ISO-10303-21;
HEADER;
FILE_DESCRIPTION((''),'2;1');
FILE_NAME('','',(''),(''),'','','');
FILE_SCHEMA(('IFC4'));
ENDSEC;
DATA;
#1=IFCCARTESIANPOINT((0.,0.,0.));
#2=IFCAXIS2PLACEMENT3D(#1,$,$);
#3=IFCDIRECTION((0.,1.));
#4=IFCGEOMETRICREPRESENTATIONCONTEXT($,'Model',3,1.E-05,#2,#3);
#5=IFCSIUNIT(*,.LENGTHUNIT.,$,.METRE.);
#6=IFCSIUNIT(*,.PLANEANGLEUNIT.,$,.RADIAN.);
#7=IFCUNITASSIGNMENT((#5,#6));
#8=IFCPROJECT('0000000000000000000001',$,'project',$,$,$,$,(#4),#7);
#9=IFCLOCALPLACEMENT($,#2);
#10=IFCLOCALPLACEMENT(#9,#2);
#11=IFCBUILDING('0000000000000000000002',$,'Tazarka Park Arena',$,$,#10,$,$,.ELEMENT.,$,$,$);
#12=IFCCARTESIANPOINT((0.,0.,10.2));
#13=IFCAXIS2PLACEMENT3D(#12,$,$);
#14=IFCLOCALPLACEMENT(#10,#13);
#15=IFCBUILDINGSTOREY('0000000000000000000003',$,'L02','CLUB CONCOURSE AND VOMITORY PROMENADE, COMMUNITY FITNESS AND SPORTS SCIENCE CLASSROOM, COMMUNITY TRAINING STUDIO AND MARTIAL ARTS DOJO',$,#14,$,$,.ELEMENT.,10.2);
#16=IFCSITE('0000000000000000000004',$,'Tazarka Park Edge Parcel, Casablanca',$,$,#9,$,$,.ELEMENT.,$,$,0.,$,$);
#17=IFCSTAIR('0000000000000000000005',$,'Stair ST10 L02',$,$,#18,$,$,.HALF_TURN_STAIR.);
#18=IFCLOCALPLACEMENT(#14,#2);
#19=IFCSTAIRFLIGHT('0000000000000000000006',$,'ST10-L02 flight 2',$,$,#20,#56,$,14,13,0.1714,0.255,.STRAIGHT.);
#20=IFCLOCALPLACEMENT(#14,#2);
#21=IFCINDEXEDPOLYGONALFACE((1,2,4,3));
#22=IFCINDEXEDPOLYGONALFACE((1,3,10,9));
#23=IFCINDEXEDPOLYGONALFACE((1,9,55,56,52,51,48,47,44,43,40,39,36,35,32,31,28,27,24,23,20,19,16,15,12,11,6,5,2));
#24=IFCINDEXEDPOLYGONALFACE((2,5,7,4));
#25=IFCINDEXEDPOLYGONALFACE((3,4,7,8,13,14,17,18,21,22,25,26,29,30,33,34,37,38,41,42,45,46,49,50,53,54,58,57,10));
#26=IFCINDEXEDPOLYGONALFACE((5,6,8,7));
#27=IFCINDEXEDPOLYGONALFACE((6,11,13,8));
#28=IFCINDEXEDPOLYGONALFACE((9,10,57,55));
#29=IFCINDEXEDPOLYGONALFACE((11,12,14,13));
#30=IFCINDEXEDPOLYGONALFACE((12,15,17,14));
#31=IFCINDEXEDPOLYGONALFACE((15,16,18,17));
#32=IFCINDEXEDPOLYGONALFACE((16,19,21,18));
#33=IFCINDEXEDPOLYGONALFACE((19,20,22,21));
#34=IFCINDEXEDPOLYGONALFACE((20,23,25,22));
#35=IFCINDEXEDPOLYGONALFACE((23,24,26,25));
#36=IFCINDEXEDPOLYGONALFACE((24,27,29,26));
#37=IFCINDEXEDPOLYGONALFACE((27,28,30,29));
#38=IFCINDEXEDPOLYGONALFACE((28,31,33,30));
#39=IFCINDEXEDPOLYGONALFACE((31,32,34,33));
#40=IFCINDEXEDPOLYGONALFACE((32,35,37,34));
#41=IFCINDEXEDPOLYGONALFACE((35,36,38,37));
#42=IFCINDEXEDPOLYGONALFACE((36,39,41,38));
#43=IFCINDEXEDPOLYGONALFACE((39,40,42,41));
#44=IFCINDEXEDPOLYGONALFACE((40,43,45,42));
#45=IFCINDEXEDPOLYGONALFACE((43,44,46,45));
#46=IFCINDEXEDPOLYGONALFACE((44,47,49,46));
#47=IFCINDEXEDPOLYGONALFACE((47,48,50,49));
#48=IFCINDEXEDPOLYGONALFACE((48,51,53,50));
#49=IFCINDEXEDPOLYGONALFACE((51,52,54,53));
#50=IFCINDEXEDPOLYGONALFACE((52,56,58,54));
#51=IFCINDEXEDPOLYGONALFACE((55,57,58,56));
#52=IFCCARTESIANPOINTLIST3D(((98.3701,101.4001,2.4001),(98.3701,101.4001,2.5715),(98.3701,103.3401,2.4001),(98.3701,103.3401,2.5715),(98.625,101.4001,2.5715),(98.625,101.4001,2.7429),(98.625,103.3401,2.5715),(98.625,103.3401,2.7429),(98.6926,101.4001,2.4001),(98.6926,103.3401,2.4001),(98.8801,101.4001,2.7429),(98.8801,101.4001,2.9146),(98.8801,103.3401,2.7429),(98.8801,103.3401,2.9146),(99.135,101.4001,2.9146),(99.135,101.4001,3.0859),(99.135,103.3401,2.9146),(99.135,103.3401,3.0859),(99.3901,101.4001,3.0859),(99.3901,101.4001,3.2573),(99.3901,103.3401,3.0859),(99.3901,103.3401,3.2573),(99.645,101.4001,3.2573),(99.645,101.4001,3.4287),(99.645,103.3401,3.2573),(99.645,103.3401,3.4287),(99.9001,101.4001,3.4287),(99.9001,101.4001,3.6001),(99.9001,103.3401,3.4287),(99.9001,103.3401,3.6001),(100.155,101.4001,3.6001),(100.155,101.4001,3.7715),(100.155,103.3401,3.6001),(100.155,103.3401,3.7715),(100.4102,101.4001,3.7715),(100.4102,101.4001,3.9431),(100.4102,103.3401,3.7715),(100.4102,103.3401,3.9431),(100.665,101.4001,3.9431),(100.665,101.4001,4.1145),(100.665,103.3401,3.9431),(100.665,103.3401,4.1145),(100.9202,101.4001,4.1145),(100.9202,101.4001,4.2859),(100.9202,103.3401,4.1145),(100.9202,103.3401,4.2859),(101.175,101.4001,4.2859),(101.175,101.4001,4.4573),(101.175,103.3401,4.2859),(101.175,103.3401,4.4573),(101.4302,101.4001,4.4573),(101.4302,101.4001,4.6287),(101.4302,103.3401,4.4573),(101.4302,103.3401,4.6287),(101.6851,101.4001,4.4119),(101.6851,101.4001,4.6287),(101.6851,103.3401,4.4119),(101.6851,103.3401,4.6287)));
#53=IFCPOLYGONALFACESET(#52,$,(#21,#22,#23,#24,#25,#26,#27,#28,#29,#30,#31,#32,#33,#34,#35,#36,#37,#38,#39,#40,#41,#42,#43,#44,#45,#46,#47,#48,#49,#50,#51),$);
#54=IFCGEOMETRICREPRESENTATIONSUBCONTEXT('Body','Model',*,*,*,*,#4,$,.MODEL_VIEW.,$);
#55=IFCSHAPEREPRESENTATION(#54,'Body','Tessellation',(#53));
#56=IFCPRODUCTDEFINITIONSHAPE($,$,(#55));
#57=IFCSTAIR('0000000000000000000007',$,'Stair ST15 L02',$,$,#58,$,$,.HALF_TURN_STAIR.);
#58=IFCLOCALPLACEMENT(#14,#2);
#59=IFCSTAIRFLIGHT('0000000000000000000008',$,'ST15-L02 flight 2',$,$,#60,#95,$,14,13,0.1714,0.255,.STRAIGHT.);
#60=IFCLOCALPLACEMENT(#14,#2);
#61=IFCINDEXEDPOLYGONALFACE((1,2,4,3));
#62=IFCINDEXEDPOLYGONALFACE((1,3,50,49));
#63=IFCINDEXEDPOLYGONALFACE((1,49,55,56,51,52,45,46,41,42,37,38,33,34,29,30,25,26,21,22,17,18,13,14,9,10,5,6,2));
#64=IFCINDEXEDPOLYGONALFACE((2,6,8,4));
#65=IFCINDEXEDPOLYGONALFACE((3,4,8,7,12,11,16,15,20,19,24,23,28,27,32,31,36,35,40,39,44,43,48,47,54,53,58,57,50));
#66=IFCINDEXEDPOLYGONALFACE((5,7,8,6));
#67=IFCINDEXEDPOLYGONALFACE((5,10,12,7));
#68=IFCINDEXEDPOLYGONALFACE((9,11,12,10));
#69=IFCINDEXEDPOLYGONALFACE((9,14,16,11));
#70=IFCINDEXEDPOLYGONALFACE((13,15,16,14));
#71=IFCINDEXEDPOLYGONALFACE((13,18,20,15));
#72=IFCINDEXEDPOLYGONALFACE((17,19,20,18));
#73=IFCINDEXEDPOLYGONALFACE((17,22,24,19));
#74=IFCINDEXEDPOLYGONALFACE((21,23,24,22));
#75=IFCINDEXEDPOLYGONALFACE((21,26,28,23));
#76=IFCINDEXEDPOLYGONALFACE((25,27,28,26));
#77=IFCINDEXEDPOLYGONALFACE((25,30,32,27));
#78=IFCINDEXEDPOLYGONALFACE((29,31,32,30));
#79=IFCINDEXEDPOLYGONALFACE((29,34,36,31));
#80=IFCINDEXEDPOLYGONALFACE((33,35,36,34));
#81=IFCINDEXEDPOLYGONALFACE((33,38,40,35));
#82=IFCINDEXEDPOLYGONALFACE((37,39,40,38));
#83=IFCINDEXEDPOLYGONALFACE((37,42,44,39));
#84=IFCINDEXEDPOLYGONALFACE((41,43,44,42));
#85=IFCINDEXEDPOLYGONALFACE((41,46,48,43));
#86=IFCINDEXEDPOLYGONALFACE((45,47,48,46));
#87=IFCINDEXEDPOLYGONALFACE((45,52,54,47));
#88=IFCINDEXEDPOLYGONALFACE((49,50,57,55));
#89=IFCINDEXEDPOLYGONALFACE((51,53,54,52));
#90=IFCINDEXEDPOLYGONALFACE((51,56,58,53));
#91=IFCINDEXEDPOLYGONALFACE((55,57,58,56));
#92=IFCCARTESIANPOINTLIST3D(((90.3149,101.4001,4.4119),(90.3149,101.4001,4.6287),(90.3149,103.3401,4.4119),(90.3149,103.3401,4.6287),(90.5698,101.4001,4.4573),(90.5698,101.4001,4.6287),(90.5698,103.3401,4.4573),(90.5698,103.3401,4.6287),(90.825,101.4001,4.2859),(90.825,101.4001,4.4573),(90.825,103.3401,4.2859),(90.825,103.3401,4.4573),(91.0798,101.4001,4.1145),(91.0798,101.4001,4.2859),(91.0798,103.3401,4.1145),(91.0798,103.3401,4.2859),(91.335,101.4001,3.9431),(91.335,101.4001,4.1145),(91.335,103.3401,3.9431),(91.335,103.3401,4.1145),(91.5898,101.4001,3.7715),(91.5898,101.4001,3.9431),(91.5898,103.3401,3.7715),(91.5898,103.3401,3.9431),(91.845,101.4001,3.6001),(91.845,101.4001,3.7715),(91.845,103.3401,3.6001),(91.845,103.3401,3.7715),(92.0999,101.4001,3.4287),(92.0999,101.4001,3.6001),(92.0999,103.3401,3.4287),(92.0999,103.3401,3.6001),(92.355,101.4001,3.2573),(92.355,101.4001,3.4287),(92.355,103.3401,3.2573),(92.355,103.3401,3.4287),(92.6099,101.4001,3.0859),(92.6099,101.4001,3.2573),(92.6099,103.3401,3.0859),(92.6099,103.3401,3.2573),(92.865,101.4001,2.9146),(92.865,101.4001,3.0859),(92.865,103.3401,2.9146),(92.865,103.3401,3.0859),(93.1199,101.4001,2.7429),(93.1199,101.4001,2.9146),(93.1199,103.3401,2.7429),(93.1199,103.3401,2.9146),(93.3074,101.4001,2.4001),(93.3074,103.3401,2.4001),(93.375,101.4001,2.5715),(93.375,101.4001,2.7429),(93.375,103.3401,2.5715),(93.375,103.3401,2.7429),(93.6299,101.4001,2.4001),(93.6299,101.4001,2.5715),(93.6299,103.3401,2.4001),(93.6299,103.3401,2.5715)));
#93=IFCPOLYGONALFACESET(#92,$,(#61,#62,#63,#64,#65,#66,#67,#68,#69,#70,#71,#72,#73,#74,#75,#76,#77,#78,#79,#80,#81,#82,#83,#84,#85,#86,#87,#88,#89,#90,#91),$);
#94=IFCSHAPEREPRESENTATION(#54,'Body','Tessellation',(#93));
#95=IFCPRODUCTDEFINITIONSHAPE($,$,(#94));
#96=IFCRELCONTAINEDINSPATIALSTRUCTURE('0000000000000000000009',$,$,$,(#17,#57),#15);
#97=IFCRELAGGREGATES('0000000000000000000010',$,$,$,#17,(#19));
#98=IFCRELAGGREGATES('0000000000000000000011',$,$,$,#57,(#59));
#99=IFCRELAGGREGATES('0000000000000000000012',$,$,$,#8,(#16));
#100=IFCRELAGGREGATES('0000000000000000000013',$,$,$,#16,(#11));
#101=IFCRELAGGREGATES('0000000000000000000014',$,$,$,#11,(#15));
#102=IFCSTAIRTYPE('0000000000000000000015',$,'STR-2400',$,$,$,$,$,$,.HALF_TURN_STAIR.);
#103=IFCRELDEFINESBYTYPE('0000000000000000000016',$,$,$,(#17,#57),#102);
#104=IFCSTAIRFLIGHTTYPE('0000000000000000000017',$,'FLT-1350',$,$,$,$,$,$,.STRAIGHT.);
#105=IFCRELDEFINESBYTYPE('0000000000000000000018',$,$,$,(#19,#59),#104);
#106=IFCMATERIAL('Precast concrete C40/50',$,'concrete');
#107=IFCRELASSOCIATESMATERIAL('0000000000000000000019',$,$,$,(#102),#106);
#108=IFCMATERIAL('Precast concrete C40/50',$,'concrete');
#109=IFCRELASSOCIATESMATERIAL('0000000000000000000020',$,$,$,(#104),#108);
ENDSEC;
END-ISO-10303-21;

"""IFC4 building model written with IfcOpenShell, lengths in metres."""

from ifc_helpers import new_model, si_unit, direction, frame, origin, place, context, subcontext, project, spatial, polyline, outline, extrude, material, type_object, element, aggregate, save


model = new_model("IFC4")

# Units and contexts
model_context = context("Model", 3, precision=1e-05, world=origin(), true_north=direction((0.0, 1.0)))
body_context = subcontext(model_context, "Body", "Model", "MODEL_VIEW")
ifc_project = project(units=[si_unit("LENGTHUNIT", "METRE"), si_unit("PLANEANGLEUNIT", "RADIAN")], contexts=[model_context])

# Site, building, storey
site_placement = place(None, origin())
site = spatial("IfcSite", under=ifc_project, at=site_placement, Name="Tazarka Park Edge Parcel, Casablanca", CompositionType="ELEMENT", RefElevation=0.0)
building_placement = place(site_placement, origin())
building = spatial("IfcBuilding", under=site, at=building_placement, Name="Tazarka Park Arena", CompositionType="ELEMENT")
storey_placement = place(building_placement, frame((0.0, 0.0, 10.2)))
storey = spatial("IfcBuildingStorey", under=building, at=storey_placement, Name="L02", Description="CLUB CONCOURSE AND VOMITORY PROMENADE, COMMUNITY FITNESS AND SPORTS SCIENCE CLASSROOM, COMMUNITY TRAINING STUDIO AND MARTIAL ARTS DOJO", CompositionType="ELEMENT", Elevation=10.2)

# Stair, stair flight
ifc_material_1 = material(Name="Precast concrete C40/50", Category="concrete")
stair_type = type_object("IfcStairType", Name="STR-2400", PredefinedType="HALF_TURN_STAIR", material=ifc_material_1)
stair_1_placement = place(storey_placement, origin())
stair_1 = element("IfcStair", 1, at=stair_1_placement, inside=storey, type_object=stair_type, Name="Stair ST10 L02", PredefinedType="HALF_TURN_STAIR")
ifc_material_2 = material(Name="Precast concrete C40/50", Category="concrete")
stair_flight_type = type_object("IfcStairFlightType", Name="FLT-1350", PredefinedType="STRAIGHT", material=ifc_material_2)
stair_flight_1_placement = place(storey_placement, frame((98.3701, 102.3701, 2.4001), z_axis=(0.0, 0.0, 1.0), x_axis=(1.0, 0.0, 0.0)))
stair_flight_1 = element("IfcStairFlight", 2, at=stair_flight_1_placement, type_object=stair_flight_type, Name="ST10-L02 flight 2", NumberOfRisers=14, NumberOfTreads=13, PredefinedType="STRAIGHT", RiserHeight=0.1714, TreadLength=0.255, context=body_context, shape_type="SweptSolid", body=[
    extrude(outline(polyline([(0.0, 0.0), (0.0, 0.1714), (0.2549, 0.1714), (0.2549, 0.3428), (0.51, 0.3428), (0.51, 0.5144), (0.7649, 0.5144), (0.7649, 0.6858), (1.02, 0.6858), (1.02, 0.8572), (1.2749, 0.8572), (1.2749, 1.0286), (1.53, 1.0286), (1.53, 1.2), (1.7849, 1.2), (1.7849, 1.3713), (2.04, 1.3713), (2.04, 1.543), (2.2949, 1.543), (2.2949, 1.7144), (2.55, 1.7144), (2.55, 1.8857), (2.8049, 1.8857), (2.8049, 2.0571), (3.0601, 2.0571), (3.0601, 2.2285), (3.3149, 2.2285), (3.3149, 2.3999), (3.3149, 2.0117), (0.3225, 0.0), (0.0, 0.0)])), frame((0.0, 0.97, 0.0), z_axis=(0.0, -1.0, 0.0), x_axis=(1.0, 0.0, 0.0)), (0.0, 0.0, 1.0), 1.9399),
])
aggregate(stair_1, [stair_flight_1])

# Stair, stair flight
stair_2_placement = place(storey_placement, origin())
stair_2 = element("IfcStair", 3, at=stair_2_placement, inside=storey, type_object=stair_type, Name="Stair ST15 L02", PredefinedType="HALF_TURN_STAIR")
stair_flight_2_placement = place(storey_placement, frame((93.6299, 102.3701, 2.4001), z_axis=(0.0, 0.0, 1.0), x_axis=(-1.0, 0.0, 0.0)))
stair_flight_2 = element("IfcStairFlight", 4, at=stair_flight_2_placement, type_object=stair_flight_type, Name="ST15-L02 flight 2", NumberOfRisers=14, NumberOfTreads=13, PredefinedType="STRAIGHT", RiserHeight=0.1714, TreadLength=0.255, context=body_context, shape_type="SweptSolid", body=[
    extrude(outline(polyline([(0.0, 0.0), (0.0, 0.1714), (0.2549, 0.1714), (0.2549, 0.3428), (0.51, 0.3428), (0.51, 0.5144), (0.7649, 0.5144), (0.7649, 0.6858), (1.02, 0.6858), (1.02, 0.8572), (1.2749, 0.8572), (1.2749, 1.0286), (1.53, 1.0286), (1.53, 1.2), (1.7849, 1.2), (1.7849, 1.3713), (2.04, 1.3713), (2.04, 1.543), (2.2949, 1.543), (2.2949, 1.7144), (2.55, 1.7144), (2.55, 1.8857), (2.8049, 1.8857), (2.8049, 2.0571), (3.0601, 2.0571), (3.0601, 2.2285), (3.3149, 2.2285), (3.3149, 2.3999), (3.3149, 2.0117), (0.3225, 0.0), (0.0, 0.0)])), frame((0.0, 0.97, 0.0), z_axis=(0.0, -1.0, 0.0), x_axis=(1.0, 0.0, 0.0)), (0.0, 0.0, 1.0), 1.9399),
])
aggregate(stair_2, [stair_flight_2])

save(model, "model.ifc")
